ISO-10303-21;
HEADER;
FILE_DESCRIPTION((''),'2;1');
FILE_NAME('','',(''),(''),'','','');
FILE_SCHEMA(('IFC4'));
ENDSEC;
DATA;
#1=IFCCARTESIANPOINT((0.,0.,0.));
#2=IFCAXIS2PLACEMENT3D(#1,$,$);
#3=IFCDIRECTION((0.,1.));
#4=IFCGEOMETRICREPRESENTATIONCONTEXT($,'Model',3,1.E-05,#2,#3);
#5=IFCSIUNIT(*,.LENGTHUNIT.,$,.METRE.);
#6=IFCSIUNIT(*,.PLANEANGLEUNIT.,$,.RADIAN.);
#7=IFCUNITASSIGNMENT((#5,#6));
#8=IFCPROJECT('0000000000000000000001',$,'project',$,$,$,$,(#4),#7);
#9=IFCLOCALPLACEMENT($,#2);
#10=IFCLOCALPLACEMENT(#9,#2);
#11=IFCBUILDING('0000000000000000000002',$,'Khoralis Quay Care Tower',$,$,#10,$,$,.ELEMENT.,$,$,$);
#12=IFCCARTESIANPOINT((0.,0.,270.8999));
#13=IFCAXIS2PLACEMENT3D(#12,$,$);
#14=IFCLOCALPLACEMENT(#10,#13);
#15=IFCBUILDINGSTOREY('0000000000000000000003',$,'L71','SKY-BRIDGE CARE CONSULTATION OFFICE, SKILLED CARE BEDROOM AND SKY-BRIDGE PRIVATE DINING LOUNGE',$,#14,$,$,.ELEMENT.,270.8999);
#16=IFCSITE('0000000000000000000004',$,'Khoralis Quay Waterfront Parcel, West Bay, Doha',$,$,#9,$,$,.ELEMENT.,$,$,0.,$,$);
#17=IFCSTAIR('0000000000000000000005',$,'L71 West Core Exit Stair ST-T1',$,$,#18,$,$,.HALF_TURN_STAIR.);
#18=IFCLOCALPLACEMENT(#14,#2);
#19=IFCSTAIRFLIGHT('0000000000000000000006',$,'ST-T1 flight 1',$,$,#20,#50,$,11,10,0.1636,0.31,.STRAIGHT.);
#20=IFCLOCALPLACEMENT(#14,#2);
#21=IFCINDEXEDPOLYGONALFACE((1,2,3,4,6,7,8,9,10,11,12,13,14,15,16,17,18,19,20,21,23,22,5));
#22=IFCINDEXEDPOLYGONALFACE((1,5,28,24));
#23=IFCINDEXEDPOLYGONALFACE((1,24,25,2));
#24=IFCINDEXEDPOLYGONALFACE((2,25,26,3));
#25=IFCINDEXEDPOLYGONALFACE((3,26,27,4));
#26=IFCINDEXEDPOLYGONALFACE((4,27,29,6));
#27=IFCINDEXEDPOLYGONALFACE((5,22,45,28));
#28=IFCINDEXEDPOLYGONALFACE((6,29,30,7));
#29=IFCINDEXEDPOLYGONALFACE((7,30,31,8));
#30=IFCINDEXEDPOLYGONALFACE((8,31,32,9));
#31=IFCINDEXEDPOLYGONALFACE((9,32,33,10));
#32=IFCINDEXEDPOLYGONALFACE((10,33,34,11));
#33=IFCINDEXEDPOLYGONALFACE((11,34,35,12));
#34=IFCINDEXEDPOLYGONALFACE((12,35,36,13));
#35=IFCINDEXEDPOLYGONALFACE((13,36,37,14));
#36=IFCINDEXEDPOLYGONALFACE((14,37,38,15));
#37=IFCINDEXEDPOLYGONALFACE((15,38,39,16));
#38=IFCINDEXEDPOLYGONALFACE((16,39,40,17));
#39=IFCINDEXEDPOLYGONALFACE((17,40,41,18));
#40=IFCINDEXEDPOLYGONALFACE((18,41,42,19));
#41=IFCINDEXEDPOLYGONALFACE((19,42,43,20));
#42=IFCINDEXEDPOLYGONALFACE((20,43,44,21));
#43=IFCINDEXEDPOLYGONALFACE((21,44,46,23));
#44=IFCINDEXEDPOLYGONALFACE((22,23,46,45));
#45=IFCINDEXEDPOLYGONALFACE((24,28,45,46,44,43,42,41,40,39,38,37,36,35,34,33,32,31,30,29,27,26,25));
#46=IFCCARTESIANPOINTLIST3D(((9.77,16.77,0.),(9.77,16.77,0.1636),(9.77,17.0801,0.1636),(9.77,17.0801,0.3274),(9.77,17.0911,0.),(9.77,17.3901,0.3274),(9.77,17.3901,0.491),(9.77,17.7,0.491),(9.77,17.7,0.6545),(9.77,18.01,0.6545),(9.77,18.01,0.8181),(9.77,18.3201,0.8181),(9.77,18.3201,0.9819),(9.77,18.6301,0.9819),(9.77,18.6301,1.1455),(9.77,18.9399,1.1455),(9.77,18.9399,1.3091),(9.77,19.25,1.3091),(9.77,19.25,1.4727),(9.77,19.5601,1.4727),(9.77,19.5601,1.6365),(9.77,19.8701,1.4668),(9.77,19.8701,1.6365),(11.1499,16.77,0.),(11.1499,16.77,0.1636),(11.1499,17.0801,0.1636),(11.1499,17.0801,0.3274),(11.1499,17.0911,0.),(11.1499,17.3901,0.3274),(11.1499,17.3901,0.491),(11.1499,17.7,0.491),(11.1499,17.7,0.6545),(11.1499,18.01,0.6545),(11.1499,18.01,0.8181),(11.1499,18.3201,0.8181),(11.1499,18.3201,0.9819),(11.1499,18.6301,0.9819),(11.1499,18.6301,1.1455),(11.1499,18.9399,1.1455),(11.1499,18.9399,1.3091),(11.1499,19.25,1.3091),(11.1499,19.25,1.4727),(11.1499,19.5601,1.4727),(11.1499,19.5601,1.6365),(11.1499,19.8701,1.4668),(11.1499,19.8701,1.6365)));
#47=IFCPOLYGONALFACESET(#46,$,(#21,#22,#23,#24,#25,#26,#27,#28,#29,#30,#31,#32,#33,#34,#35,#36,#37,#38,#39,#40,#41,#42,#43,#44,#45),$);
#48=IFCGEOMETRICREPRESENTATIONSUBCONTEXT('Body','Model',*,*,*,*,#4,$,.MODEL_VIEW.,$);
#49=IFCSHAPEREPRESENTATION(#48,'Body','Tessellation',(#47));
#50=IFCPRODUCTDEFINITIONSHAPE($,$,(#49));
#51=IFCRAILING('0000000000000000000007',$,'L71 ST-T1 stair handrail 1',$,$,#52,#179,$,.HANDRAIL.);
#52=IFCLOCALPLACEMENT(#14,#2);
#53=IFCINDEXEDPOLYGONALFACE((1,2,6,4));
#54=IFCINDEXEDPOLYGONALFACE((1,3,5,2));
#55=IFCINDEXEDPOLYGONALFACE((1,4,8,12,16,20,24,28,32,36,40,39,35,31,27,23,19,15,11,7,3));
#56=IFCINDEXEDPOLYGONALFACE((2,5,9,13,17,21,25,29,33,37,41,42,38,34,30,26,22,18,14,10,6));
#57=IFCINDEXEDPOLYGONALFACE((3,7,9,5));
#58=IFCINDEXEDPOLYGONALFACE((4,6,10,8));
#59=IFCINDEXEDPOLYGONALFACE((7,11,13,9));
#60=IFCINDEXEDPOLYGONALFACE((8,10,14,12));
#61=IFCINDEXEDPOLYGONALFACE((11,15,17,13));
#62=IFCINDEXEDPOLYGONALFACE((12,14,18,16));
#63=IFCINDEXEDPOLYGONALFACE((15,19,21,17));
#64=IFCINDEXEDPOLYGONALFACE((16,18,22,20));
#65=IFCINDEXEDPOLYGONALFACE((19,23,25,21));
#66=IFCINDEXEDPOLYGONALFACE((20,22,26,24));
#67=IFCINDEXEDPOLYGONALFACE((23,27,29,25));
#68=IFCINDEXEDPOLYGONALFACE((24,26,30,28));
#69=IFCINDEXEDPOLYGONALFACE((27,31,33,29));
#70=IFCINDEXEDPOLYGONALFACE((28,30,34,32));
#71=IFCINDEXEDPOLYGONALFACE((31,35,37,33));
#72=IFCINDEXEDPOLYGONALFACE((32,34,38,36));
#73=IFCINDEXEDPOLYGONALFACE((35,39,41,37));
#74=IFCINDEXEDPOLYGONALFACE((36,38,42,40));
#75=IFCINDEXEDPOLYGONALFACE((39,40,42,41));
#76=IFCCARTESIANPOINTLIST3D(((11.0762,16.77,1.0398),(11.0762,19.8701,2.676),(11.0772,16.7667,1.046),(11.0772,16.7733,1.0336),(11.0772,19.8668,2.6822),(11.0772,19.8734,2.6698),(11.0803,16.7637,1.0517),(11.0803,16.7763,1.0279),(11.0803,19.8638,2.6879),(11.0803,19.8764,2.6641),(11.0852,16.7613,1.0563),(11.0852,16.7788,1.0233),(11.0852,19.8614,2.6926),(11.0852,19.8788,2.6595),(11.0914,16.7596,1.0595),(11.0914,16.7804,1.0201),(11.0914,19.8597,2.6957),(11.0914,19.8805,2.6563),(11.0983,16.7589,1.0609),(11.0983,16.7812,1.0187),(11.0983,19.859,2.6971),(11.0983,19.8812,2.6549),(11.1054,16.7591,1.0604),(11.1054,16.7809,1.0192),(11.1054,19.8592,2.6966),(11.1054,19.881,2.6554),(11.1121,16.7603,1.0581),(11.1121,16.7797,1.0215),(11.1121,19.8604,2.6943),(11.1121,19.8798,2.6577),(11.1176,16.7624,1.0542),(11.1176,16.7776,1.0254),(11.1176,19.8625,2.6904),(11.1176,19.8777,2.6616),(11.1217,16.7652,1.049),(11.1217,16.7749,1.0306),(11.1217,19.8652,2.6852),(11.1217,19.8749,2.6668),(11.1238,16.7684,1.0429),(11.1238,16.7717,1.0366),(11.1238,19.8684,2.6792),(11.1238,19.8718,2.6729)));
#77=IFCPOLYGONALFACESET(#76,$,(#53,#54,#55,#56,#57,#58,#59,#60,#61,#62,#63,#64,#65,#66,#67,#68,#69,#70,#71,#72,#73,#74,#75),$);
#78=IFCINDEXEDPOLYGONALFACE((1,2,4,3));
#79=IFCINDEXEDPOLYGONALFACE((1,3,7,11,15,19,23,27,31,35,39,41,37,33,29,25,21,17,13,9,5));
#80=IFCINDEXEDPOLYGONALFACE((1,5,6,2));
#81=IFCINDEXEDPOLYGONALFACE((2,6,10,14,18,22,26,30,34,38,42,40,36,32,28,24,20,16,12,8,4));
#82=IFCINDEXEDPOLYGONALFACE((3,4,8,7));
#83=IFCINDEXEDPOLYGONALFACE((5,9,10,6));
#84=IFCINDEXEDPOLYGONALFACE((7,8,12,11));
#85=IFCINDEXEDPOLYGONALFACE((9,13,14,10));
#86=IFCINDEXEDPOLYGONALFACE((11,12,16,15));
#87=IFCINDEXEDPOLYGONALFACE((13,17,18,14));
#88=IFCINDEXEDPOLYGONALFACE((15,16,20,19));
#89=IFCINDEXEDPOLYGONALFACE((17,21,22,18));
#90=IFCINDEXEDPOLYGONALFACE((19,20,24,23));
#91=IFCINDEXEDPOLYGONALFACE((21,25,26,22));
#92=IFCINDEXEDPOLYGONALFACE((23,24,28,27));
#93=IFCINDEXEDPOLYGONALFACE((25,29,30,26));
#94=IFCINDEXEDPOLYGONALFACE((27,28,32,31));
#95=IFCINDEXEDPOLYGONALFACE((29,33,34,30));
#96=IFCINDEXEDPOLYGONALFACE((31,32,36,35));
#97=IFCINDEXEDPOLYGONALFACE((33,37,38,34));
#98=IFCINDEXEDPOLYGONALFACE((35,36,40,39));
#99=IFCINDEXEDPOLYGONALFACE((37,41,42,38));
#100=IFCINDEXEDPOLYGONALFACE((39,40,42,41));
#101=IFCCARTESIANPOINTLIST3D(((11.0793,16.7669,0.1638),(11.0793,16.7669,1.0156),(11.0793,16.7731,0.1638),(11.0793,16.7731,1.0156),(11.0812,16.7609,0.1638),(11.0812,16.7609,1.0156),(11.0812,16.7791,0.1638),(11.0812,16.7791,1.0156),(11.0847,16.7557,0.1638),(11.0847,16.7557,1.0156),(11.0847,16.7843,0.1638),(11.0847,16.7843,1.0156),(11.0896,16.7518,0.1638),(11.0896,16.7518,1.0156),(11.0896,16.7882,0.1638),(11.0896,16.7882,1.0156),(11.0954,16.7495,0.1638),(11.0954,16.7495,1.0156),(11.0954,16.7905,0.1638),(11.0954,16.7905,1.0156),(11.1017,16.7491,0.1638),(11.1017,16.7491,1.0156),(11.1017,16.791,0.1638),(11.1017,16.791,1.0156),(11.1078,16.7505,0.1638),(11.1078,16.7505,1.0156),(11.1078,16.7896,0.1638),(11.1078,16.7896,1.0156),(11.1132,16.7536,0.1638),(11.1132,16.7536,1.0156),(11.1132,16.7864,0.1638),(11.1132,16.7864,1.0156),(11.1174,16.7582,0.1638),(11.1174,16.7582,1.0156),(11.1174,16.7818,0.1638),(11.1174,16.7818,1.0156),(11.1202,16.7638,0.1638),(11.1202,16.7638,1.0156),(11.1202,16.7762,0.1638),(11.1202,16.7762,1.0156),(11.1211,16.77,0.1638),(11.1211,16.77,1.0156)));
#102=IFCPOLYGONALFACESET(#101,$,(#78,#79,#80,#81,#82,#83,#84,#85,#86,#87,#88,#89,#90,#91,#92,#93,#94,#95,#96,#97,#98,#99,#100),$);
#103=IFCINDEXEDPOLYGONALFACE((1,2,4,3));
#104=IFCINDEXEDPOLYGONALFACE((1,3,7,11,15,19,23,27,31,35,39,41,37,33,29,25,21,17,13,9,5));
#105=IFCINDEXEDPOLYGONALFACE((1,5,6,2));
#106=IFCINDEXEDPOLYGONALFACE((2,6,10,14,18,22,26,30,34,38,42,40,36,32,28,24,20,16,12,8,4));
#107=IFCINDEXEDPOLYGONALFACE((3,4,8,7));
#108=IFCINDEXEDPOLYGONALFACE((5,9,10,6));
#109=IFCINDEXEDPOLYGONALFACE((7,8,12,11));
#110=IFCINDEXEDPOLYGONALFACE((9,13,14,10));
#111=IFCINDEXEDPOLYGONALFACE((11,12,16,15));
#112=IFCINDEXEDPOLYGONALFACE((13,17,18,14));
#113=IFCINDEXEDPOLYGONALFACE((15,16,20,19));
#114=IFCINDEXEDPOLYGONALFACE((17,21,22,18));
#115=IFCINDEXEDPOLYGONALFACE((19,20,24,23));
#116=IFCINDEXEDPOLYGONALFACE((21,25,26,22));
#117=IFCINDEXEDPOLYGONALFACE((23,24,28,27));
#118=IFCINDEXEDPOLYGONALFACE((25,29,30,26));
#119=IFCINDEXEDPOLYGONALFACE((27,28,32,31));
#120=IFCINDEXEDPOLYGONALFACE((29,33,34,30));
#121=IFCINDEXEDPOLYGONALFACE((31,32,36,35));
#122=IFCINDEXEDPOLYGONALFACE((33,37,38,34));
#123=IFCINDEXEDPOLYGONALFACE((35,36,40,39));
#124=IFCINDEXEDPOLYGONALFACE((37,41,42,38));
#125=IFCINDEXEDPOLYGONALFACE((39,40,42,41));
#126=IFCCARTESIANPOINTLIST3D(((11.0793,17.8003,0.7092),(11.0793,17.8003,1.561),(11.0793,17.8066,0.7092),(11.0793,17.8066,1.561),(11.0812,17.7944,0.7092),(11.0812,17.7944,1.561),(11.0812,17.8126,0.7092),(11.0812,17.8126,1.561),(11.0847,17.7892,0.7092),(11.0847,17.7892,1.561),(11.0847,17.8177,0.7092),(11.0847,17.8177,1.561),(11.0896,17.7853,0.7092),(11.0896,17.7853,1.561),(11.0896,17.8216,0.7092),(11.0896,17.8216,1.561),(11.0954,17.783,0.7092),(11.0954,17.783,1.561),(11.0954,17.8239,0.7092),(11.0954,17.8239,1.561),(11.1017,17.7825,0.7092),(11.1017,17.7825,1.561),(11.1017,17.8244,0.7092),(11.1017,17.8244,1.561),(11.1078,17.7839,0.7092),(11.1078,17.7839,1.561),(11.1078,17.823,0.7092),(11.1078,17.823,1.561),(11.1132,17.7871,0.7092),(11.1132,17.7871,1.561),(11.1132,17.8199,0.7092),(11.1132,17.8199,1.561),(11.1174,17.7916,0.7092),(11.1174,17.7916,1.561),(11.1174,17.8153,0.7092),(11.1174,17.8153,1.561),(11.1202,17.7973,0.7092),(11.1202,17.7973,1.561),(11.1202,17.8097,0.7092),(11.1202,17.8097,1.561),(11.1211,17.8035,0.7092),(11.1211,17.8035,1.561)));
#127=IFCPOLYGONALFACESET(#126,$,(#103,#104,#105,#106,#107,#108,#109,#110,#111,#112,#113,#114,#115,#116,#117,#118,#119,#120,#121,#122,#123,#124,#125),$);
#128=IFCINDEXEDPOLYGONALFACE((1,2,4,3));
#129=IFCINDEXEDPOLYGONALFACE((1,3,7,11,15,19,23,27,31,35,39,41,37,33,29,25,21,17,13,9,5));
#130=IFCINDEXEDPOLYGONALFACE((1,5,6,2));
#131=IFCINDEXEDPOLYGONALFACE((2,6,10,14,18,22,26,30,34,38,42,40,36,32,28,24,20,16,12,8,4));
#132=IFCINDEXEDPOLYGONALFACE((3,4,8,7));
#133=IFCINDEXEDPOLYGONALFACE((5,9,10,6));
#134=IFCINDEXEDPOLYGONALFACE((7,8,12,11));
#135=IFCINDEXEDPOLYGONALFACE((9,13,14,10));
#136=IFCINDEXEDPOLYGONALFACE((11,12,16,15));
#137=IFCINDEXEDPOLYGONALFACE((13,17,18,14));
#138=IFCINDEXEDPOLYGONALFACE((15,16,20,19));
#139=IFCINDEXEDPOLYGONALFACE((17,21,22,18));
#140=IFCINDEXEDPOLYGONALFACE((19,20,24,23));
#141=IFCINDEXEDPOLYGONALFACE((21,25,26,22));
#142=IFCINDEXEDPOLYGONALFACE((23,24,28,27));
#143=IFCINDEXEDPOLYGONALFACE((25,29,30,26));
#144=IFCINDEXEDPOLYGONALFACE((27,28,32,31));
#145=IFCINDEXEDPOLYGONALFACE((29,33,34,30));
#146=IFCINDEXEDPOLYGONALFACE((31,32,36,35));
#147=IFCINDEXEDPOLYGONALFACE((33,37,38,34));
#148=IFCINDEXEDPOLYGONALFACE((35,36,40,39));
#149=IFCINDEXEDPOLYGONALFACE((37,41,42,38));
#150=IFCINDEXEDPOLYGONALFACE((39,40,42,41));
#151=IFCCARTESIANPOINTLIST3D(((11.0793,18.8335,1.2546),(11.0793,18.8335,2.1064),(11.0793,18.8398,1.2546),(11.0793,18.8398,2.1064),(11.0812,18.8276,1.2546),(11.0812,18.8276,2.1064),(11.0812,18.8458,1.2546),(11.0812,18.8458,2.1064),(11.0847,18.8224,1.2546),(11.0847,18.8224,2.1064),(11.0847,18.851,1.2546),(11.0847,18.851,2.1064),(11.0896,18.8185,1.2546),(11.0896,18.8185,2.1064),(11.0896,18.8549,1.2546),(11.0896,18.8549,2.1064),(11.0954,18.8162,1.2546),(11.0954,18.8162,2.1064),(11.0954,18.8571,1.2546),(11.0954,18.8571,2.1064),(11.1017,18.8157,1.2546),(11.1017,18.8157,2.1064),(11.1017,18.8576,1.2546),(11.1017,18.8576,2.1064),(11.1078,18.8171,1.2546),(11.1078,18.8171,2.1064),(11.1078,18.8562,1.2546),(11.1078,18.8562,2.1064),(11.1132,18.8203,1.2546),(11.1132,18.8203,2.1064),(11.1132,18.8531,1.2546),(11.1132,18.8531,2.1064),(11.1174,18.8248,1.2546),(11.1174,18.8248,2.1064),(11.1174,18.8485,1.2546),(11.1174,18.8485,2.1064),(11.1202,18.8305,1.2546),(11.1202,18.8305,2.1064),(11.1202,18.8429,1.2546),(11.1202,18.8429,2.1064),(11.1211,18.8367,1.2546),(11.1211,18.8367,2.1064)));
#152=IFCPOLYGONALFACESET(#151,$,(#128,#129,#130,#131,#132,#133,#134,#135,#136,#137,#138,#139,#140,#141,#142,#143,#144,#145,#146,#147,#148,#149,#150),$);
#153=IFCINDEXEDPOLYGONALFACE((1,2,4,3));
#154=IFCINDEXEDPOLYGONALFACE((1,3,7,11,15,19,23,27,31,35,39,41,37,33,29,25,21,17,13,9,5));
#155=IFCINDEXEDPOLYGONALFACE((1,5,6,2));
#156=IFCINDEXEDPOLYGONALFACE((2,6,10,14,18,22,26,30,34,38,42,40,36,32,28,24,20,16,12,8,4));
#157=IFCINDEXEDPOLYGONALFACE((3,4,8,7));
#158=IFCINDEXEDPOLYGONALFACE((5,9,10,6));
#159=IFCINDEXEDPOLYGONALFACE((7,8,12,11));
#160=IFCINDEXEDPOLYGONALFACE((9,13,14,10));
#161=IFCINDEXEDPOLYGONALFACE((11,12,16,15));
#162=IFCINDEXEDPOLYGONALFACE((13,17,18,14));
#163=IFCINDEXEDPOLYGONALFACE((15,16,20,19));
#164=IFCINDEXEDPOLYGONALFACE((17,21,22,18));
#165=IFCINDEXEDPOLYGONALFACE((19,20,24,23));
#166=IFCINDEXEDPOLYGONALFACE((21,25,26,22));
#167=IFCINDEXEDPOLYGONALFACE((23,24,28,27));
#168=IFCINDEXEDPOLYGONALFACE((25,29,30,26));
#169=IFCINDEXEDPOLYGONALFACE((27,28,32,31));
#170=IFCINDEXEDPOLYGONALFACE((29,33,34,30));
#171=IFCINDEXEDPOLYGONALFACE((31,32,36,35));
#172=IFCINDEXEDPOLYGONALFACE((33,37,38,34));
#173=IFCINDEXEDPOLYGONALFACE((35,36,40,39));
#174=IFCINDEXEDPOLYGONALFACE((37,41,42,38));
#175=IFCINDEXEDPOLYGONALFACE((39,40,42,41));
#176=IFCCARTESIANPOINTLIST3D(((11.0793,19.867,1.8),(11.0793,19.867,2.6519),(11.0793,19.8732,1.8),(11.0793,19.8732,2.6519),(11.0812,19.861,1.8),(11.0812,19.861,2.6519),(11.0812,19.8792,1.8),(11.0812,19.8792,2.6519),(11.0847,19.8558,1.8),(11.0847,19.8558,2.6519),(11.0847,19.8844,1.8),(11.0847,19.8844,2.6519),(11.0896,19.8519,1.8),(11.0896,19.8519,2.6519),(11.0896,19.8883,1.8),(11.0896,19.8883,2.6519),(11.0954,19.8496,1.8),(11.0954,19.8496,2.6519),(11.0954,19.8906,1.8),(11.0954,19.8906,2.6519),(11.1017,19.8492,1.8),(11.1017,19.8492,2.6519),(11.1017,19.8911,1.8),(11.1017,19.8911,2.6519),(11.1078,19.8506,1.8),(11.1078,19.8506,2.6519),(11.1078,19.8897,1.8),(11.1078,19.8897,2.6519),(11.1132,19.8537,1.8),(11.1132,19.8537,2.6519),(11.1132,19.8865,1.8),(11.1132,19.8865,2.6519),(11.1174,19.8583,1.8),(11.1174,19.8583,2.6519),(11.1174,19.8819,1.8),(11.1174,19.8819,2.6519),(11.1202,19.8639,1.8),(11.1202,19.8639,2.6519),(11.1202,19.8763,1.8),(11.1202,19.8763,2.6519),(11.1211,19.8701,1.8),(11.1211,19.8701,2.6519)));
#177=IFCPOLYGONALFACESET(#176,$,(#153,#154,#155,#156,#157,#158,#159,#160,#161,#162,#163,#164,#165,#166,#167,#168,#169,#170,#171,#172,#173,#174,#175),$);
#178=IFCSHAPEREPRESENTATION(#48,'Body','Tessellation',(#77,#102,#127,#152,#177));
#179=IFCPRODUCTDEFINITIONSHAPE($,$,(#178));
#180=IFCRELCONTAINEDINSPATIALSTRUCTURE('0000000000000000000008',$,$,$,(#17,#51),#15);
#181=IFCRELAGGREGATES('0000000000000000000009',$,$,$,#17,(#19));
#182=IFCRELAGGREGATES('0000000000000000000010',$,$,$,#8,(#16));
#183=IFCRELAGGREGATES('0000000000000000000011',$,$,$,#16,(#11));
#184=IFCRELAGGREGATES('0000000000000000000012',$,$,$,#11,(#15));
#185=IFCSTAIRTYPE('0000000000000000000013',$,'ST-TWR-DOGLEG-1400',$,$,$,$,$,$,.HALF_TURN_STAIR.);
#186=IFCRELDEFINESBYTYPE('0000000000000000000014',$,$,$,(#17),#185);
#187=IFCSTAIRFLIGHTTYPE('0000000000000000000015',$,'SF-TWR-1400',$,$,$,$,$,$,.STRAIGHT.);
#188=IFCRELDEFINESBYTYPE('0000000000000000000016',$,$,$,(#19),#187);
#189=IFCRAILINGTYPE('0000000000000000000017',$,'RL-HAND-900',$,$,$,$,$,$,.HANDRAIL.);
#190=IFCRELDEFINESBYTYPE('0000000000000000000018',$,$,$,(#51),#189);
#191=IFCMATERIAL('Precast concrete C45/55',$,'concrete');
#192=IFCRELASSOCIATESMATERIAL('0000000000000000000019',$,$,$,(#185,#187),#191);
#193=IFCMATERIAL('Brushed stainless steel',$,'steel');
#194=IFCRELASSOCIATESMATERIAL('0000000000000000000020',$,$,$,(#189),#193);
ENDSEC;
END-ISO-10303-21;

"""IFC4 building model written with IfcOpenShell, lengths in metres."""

from ifc_helpers import new_model, si_unit, direction, frame, origin, origin_2d, place, context, subcontext, project, spatial, polyline, circle, outline, extrude, source, transform, mapped, material, type_object, element, aggregate, save


model = new_model("IFC4")

# Units and contexts
model_context = context("Model", 3, precision=1e-05, world=origin(), true_north=direction((0.0, 1.0)))
body_context = subcontext(model_context, "Body", "Model", "MODEL_VIEW")
ifc_project = project(units=[si_unit("LENGTHUNIT", "METRE"), si_unit("PLANEANGLEUNIT", "RADIAN")], contexts=[model_context])

# Site, building, storey
site_placement = place(None, origin())
site = spatial("IfcSite", under=ifc_project, at=site_placement, Name="Khoralis Quay Waterfront Parcel, West Bay, Doha", CompositionType="ELEMENT", RefElevation=0.0)
building_placement = place(site_placement, origin())
building = spatial("IfcBuilding", under=site, at=building_placement, Name="Khoralis Quay Care Tower", CompositionType="ELEMENT")
storey_placement = place(building_placement, frame((0.0, 0.0, 270.8999)))
storey = spatial("IfcBuildingStorey", under=building, at=storey_placement, Name="L71", Description="SKY-BRIDGE CARE CONSULTATION OFFICE, SKILLED CARE BEDROOM AND SKY-BRIDGE PRIVATE DINING LOUNGE", CompositionType="ELEMENT", Elevation=270.8999)

# Stair, stair flight
ifc_material_1 = material(Name="Precast concrete C45/55", Category="concrete")
stair_type = type_object("IfcStairType", Name="ST-TWR-DOGLEG-1400", PredefinedType="HALF_TURN_STAIR", material=ifc_material_1)
stair_placement = place(storey_placement, origin())
stair = element("IfcStair", 1, at=stair_placement, inside=storey, type_object=stair_type, Name="L71 West Core Exit Stair ST-T1", PredefinedType="HALF_TURN_STAIR")
stair_flight_type = type_object("IfcStairFlightType", Name="SF-TWR-1400", PredefinedType="STRAIGHT", material=ifc_material_1)
shared_shape_1 = source(origin(), body_context, "Body", "SweptSolid", [
    extrude(outline(polyline([(0.0, 0.0), (0.0, 0.1636), (0.3101, 0.1636), (0.3101, 0.3274), (0.6201, 0.3274), (0.6201, 0.491), (0.9299, 0.491), (0.9299, 0.6545), (1.24, 0.6545), (1.24, 0.8181), (1.55, 0.8181), (1.55, 0.9819), (1.8601, 0.9819), (1.8601, 1.1455), (2.1699, 1.1455), (2.1699, 1.3091), (2.48, 1.3091), (2.48, 1.4727), (2.79, 1.4727), (2.79, 1.6365), (3.1001, 1.6365), (3.1001, 1.8), (3.1001, 1.4668), (0.321, 0.0), (0.0, 0.0)])), frame((0.0, 0.6899, 0.0), z_axis=(0.0, -1.0, 0.0), x_axis=(1.0, 0.0, 0.0)), (0.0, 0.0, 1.0), 1.3799),
])
stair_flight_placement = place(storey_placement, frame((10.46, 16.77, 0.0), z_axis=(0.0, 0.0, 1.0), x_axis=(0.0, 1.0, 0.0)))
stair_flight = element("IfcStairFlight", 2, at=stair_flight_placement, type_object=stair_flight_type, Name="ST-T1 flight 1", NumberOfRisers=11, NumberOfTreads=10, PredefinedType="STRAIGHT", RiserHeight=0.1636, TreadLength=0.31, context=body_context, shape_type="MappedRepresentation", body=[
    mapped(shared_shape_1, transform((0.0, 0.0, 0.0), scale=1.0)),
])
aggregate(stair, [stair_flight])

# Railing
ifc_material_2 = material(Name="Brushed stainless steel", Category="steel")
railing_type = type_object("IfcRailingType", Name="RL-HAND-900", PredefinedType="HANDRAIL", material=ifc_material_2)
railing_placement = place(storey_placement, frame((11.1001, 16.77, 0.1638)))
element("IfcRailing", 3, at=railing_placement, inside=storey, type_object=railing_type, Name="L71 ST-T1 stair handrail 1", PredefinedType="HANDRAIL", context=body_context, shape_type="SweptSolid", body=[
    extrude(circle(Radius=0.0239, at=origin_2d()), frame((0.0, 0.0, 0.876), z_axis=(0.0, 0.884377, 0.466774), x_axis=(-1.0, 0.0, 0.0)), (0.0, 0.0, 1.0), 3.5054),
    extrude(circle(Radius=0.021, at=origin_2d()), origin(), (0.0, 0.0, 1.0), 0.8518),
    extrude(circle(Radius=0.021, at=origin_2d()), frame((0.0, 1.0334, 0.5454)), (0.0, 0.0, 1.0), 0.8518),
    extrude(circle(Radius=0.021, at=origin_2d()), frame((0.0, 2.0667, 1.0908)), (0.0, 0.0, 1.0), 0.8518),
    extrude(circle(Radius=0.021, at=origin_2d()), frame((0.0, 3.1001, 1.6362)), (0.0, 0.0, 1.0), 0.8518),
])

save(model, "model.ifc")
